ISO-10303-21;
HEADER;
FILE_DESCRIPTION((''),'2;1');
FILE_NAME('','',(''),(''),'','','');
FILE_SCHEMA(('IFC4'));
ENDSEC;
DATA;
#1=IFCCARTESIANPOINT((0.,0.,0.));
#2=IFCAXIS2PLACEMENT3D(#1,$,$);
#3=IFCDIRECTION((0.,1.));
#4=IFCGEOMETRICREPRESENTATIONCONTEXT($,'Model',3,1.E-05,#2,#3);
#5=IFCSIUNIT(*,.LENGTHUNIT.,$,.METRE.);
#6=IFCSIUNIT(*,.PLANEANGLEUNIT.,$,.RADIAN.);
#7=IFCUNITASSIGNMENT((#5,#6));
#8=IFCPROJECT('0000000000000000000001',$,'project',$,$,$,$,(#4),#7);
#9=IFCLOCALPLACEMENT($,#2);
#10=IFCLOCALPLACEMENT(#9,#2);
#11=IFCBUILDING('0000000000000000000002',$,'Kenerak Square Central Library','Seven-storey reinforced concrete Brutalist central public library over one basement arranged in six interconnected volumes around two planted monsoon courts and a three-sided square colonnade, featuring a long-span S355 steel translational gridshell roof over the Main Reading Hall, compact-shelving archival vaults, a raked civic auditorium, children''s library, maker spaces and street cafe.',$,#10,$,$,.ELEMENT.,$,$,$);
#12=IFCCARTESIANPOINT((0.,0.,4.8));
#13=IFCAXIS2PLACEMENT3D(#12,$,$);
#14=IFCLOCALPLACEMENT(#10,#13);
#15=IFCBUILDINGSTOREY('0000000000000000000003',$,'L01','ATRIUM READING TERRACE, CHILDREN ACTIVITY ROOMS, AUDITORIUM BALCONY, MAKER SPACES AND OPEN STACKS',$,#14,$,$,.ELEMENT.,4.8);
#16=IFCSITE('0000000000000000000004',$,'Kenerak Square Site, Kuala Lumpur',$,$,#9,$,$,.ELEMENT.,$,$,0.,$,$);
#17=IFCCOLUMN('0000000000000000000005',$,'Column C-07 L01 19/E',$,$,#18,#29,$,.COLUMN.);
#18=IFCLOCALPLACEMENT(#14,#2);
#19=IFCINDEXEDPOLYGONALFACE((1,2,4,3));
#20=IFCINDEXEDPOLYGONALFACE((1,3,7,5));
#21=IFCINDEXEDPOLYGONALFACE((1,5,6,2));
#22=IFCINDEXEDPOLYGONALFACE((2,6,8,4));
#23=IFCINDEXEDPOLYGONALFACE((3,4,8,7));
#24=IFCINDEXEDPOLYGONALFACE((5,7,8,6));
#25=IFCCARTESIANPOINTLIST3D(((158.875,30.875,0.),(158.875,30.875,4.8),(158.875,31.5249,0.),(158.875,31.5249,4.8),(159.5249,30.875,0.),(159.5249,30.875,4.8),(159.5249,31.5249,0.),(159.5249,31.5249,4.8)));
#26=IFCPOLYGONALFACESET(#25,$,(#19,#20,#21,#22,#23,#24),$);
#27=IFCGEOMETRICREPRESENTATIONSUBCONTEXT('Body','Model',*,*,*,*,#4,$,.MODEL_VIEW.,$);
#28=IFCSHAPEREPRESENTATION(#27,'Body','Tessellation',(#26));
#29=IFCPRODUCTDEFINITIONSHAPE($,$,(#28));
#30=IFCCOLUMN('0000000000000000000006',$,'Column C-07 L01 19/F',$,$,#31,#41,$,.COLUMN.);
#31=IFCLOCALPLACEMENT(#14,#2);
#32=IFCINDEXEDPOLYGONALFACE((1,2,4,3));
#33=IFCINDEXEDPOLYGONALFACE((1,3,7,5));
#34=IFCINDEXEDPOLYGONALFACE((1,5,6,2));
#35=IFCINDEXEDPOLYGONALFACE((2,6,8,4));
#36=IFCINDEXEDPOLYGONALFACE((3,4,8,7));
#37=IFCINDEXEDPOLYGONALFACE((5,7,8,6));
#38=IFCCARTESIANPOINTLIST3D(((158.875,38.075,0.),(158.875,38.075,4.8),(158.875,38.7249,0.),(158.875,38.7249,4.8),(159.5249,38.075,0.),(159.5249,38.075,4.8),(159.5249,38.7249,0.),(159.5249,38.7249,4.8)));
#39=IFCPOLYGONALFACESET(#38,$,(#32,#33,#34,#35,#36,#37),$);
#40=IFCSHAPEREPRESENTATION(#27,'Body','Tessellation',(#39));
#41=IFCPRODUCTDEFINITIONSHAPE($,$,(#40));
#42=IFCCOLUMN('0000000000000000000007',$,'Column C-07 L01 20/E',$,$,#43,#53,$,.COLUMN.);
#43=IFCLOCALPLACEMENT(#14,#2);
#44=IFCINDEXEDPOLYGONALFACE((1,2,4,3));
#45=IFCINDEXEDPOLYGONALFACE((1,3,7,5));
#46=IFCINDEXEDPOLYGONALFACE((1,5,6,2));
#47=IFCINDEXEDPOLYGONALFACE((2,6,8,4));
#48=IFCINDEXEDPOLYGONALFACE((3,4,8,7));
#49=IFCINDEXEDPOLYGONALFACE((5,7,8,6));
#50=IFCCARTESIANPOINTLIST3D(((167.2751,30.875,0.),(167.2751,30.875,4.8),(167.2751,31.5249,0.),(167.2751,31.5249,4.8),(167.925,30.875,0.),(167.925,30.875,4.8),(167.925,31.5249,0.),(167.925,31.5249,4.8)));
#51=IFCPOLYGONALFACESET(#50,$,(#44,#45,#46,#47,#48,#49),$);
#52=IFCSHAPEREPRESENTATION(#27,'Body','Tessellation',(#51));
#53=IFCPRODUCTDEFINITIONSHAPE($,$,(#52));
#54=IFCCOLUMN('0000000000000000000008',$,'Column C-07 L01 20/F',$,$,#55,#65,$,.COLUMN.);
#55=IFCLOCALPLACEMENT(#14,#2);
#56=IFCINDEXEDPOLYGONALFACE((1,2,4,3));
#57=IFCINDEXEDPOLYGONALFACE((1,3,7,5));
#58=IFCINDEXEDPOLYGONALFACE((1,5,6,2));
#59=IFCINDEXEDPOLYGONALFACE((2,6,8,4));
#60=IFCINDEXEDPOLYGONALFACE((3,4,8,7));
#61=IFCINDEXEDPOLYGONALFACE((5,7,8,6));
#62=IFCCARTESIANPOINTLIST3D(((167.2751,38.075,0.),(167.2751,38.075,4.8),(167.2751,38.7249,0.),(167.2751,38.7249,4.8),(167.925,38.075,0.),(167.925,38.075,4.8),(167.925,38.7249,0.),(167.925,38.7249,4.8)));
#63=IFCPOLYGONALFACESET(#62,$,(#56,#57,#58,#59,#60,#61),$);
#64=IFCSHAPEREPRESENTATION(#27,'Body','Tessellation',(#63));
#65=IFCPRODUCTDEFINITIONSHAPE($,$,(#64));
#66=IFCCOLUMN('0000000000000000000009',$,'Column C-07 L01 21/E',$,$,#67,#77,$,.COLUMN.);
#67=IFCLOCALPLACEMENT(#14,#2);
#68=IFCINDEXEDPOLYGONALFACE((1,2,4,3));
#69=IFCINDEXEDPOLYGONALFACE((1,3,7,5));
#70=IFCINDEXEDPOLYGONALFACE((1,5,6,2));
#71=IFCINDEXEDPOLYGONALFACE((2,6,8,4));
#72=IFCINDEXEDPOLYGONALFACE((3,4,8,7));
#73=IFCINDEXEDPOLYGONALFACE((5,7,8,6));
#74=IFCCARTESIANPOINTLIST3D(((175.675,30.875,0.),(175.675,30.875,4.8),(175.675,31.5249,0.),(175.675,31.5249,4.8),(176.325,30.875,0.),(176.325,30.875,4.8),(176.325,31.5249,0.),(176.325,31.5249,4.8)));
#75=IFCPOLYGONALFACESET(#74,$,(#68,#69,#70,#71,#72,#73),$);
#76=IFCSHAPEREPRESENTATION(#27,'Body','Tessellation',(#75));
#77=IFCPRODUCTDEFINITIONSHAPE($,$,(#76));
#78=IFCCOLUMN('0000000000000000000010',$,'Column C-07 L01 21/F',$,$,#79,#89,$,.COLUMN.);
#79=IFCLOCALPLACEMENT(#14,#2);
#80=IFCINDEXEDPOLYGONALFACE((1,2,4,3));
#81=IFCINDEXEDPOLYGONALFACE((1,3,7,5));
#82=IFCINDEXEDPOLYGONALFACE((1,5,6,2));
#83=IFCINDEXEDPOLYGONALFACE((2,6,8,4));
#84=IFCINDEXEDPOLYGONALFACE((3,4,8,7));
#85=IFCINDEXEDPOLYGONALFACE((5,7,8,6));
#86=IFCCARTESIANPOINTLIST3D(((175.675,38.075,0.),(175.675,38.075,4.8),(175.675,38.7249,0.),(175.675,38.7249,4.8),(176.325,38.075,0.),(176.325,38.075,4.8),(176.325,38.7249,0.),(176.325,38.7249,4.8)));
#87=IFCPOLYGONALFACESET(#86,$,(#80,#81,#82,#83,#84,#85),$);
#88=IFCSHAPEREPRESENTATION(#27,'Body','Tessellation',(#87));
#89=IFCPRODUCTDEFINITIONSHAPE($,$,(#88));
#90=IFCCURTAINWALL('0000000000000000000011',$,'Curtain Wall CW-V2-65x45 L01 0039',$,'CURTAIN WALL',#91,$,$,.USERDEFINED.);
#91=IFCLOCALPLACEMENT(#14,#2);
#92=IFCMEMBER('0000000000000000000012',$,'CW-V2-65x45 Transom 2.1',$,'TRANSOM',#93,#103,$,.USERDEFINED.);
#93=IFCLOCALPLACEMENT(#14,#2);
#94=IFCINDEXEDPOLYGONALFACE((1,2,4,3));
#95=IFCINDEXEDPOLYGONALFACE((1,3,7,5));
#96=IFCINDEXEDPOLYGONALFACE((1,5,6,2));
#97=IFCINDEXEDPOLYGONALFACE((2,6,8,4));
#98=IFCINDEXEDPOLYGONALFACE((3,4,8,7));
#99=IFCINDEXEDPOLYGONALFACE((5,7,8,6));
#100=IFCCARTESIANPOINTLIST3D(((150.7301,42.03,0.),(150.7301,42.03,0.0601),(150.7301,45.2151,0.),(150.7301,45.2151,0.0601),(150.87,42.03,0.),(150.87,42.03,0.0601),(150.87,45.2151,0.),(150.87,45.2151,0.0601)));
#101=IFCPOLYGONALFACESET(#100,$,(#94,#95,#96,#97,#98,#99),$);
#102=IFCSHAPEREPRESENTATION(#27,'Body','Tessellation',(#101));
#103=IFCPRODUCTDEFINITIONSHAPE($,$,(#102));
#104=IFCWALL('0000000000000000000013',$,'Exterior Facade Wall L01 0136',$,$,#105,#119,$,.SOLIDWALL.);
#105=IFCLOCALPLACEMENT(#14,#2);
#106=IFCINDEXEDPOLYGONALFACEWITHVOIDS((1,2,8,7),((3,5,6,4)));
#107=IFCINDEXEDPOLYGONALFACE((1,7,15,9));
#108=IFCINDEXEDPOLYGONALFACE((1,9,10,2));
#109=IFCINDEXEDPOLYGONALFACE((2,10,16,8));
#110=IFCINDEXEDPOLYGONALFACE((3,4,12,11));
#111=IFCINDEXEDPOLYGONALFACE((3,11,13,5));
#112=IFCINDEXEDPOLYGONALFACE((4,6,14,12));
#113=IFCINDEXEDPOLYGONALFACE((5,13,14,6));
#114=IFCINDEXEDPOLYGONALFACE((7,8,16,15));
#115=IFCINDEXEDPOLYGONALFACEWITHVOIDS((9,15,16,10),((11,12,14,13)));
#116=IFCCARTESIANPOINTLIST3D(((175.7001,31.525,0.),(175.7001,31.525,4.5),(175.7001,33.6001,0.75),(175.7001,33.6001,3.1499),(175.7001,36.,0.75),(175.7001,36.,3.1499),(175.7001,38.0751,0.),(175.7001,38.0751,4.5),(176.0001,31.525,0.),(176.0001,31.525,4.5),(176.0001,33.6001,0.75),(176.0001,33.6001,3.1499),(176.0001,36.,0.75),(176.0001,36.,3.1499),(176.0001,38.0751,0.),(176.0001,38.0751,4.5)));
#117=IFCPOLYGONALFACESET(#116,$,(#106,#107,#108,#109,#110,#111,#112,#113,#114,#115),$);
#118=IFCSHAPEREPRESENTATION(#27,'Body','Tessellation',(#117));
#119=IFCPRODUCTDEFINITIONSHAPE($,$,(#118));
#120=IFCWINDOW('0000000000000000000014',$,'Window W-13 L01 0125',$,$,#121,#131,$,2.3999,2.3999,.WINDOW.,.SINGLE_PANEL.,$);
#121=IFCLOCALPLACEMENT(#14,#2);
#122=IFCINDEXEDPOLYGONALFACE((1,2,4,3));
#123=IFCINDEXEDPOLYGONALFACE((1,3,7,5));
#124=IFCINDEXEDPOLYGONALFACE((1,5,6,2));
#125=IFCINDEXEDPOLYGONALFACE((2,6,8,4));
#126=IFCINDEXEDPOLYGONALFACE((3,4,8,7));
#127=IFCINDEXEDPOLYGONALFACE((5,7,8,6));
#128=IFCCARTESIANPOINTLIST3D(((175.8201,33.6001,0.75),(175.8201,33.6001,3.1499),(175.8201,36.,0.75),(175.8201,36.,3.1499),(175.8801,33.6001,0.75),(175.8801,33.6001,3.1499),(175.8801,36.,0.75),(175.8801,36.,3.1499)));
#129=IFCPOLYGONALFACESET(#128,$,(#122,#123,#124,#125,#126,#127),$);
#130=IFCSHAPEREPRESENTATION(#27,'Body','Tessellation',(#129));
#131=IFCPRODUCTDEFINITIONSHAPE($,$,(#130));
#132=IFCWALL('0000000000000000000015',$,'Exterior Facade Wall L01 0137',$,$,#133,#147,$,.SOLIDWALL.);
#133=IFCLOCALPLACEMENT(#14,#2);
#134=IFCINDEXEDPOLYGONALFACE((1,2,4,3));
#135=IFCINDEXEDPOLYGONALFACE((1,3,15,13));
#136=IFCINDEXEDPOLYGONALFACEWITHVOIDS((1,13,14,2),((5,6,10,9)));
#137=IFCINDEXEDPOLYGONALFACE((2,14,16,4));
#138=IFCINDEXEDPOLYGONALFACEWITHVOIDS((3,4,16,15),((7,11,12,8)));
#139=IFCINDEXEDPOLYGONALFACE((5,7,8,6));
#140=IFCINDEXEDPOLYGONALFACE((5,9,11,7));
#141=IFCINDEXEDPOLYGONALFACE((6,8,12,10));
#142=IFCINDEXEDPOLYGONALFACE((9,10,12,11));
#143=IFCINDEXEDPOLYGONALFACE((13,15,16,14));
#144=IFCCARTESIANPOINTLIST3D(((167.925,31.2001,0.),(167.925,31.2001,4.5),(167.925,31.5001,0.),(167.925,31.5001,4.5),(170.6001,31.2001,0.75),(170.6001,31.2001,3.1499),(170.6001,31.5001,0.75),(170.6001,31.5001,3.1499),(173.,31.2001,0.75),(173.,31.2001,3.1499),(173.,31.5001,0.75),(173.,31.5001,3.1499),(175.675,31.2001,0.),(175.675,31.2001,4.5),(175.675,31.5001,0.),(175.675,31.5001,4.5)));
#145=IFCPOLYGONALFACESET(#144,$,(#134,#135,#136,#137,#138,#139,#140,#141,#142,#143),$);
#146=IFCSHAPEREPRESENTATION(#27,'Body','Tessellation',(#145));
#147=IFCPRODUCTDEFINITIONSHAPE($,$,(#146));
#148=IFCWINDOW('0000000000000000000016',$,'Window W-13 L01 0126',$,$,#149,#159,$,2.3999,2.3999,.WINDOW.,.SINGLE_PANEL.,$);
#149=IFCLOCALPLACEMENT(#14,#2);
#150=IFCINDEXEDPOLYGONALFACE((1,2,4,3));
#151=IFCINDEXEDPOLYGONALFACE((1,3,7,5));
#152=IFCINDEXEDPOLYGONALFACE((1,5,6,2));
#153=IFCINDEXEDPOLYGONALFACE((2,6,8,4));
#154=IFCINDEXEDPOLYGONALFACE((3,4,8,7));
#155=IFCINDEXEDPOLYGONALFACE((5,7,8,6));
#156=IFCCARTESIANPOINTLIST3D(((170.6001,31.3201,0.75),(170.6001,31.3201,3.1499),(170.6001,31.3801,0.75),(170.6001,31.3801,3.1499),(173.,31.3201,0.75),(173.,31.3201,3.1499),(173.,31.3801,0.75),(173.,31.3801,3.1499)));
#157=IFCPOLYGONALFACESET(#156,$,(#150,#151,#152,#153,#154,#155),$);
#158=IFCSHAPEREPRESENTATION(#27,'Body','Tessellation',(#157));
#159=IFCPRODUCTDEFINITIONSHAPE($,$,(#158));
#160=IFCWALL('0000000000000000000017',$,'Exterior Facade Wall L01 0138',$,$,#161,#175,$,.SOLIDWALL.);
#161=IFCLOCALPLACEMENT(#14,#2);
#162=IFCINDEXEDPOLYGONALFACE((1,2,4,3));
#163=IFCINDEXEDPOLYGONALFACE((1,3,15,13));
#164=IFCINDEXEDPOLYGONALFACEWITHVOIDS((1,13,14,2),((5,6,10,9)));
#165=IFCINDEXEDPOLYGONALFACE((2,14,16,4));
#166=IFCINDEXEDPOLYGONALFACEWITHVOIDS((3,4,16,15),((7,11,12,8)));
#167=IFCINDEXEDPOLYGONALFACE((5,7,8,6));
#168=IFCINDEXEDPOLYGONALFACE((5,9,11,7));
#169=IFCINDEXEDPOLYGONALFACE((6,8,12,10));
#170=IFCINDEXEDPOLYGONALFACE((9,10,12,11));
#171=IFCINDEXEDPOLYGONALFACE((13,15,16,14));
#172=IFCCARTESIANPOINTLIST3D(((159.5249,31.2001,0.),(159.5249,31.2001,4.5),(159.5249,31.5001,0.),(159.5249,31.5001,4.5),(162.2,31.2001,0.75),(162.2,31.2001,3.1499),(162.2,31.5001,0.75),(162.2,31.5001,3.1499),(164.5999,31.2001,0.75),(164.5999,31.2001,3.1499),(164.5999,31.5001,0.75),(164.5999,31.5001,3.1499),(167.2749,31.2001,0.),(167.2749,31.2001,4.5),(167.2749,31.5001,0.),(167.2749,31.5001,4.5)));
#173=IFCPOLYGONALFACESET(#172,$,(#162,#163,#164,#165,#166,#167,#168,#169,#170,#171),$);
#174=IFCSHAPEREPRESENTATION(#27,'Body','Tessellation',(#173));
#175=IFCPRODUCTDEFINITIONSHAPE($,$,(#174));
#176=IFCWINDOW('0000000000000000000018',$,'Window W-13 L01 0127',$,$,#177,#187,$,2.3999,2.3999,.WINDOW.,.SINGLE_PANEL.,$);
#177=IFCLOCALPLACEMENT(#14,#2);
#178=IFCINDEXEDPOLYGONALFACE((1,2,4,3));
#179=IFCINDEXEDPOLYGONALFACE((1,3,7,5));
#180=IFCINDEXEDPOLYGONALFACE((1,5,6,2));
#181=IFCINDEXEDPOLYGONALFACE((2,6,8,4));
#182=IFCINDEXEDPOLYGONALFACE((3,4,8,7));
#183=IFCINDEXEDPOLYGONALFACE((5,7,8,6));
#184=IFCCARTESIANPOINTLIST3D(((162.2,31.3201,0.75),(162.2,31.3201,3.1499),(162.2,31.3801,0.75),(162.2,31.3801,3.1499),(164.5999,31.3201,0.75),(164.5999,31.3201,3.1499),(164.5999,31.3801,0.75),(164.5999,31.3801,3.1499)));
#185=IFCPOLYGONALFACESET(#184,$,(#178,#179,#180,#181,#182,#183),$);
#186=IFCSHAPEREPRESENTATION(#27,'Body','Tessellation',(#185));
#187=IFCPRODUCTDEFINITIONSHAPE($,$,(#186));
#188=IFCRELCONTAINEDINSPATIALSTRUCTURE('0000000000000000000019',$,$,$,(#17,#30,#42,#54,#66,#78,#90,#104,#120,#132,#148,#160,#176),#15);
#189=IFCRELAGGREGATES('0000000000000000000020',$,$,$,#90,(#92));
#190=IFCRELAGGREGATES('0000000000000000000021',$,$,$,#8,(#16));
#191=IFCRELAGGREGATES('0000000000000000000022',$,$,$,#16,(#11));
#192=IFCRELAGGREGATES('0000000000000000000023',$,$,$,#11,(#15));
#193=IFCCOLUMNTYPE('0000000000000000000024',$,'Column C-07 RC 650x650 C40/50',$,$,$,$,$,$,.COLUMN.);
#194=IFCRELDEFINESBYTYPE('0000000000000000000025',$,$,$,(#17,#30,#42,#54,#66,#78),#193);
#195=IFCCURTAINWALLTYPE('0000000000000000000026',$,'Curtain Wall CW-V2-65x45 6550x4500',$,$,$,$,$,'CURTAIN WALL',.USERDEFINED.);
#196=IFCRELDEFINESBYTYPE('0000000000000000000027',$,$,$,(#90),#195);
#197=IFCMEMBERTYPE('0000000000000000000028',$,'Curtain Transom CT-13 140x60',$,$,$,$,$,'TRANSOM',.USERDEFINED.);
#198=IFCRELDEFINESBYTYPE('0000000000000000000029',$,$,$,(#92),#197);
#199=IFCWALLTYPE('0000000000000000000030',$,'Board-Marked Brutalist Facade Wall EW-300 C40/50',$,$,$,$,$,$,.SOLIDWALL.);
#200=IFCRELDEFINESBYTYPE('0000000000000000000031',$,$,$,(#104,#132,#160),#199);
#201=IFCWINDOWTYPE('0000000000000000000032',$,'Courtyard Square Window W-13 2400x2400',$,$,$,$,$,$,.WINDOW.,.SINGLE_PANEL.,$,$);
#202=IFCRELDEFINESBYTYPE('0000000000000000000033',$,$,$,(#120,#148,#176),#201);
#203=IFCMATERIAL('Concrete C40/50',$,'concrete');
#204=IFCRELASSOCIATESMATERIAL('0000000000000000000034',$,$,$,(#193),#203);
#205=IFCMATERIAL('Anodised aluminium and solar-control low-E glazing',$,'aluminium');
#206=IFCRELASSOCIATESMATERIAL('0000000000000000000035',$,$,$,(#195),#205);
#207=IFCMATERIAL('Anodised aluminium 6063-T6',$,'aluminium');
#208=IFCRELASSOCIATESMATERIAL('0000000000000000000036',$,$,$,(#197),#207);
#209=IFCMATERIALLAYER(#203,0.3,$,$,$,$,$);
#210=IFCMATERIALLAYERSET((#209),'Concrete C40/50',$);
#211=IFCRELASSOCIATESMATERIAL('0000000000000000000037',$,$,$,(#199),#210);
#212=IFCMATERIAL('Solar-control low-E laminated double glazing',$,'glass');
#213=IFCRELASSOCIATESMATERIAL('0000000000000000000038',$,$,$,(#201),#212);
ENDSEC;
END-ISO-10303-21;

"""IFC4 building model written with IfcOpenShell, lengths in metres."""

from ifc_helpers import new_model, si_unit, direction, frame, frame_2d, origin, origin_2d, place, context, subcontext, project, spatial, rectangle, extrude, material, layer, layer_set, material_profile, profile_set, type_object, element, fill, aggregate, save


model = new_model("IFC4")

# Units and contexts
model_context = context("Model", 3, precision=1e-05, world=origin(), true_north=direction((0.0, 1.0)))
body_context = subcontext(model_context, "Body", "Model", "MODEL_VIEW")
ifc_project = project(units=[si_unit("LENGTHUNIT", "METRE"), si_unit("PLANEANGLEUNIT", "RADIAN")], contexts=[model_context])

# Site, building, storey
site_placement = place(None, origin())
site = spatial("IfcSite", under=ifc_project, at=site_placement, Name="Kenerak Square Site, Kuala Lumpur", CompositionType="ELEMENT", RefElevation=0.0)
building_placement = place(site_placement, origin())
building = spatial("IfcBuilding", under=site, at=building_placement, Name="Kenerak Square Central Library", Description="Seven-storey reinforced concrete Brutalist central public library over one basement arranged in six interconnected volumes around two planted monsoon courts and a three-sided square colonnade, featuring a long-span S355 steel translational gridshell roof over the Main Reading Hall, compact-shelving archival vaults, a raked civic auditorium, children's library, maker spaces and street cafe.", CompositionType="ELEMENT")
storey_placement = place(building_placement, frame((0.0, 0.0, 4.8)))
storey = spatial("IfcBuildingStorey", under=building, at=storey_placement, Name="L01", Description="ATRIUM READING TERRACE, CHILDREN ACTIVITY ROOMS, AUDITORIUM BALCONY, MAKER SPACES AND OPEN STACKS", CompositionType="ELEMENT", Elevation=4.8)

# Columns
ifc_material_1 = material(Name="Concrete C40/50", Category="concrete")
ifc_material_profile_1 = material_profile(ifc_material_1, rectangle(XDim=0.6499, YDim=0.6499, at=origin_2d()), Name="RC 650x650")
ifc_profile_set_1 = profile_set([ifc_material_profile_1], Name="Concrete C40/50")
column_type = type_object("IfcColumnType", Name="Column C-07 RC 650x650 C40/50", PredefinedType="COLUMN", material=ifc_profile_set_1)
for number, where, z_axis, x_axis, name in (
    (1, (159.2, 31.2, 0.0), (0.0, 0.0, 1.0), (1.0, 0.0, 0.0), "Column C-07 L01 19/E"),
    (2, (159.2, 38.3999, 0.0), (0.0, 0.0, 1.0), (1.0, 0.0, 0.0), "Column C-07 L01 19/F"),
    (3, (167.6001, 31.2, 0.0), (0.0, 0.0, 1.0), (1.0, 0.0, 0.0), "Column C-07 L01 20/E"),
    (4, (167.6001, 38.3999, 0.0), (0.0, 0.0, 1.0), (1.0, 0.0, 0.0), "Column C-07 L01 20/F"),
    (5, (176.0, 31.2, 0.0), (0.0, 0.0, 1.0), (1.0, 0.0, 0.0), "Column C-07 L01 21/E"),
    (6, (176.0, 38.3999, 0.0), (0.0, 0.0, 1.0), (1.0, 0.0, 0.0), "Column C-07 L01 21/F"),
):
    element("IfcColumn", number, at=place(storey_placement, frame(where, z_axis=z_axis, x_axis=x_axis)), inside=storey, type_object=column_type, Name=name, PredefinedType="COLUMN", context=body_context, shape_type="SweptSolid", body=[
        extrude(rectangle(XDim=0.6499, YDim=0.6499, at=origin_2d()), origin(), (0.0, 0.0, 1.0), 4.8),
    ])

# Curtain wall, member
ifc_material_2 = material(Name="Anodised aluminium and solar-control low-E glazing", Category="aluminium")
curtain_wall_type = type_object("IfcCurtainWallType", Name="Curtain Wall CW-V2-65x45 6550x4500", ElementType="CURTAIN WALL", PredefinedType="USERDEFINED", material=ifc_material_2)
curtain_wall_placement = place(storey_placement, origin())
curtain_wall = element("IfcCurtainWall", 7, at=curtain_wall_placement, inside=storey, type_object=curtain_wall_type, Name="Curtain Wall CW-V2-65x45 L01 0039", ObjectType="CURTAIN WALL", PredefinedType="USERDEFINED")
ifc_material_3 = material(Name="Anodised aluminium 6063-T6", Category="aluminium")
ifc_material_profile_2 = material_profile(ifc_material_3, rectangle(XDim=0.1399, YDim=0.0601, at=origin_2d()), Name="AL TRANSOM 140x60")
ifc_profile_set_2 = profile_set([ifc_material_profile_2], Name="Anodised aluminium 6063-T6")
member_type = type_object("IfcMemberType", Name="Curtain Transom CT-13 140x60", ElementType="TRANSOM", PredefinedType="USERDEFINED", material=ifc_profile_set_2)
member_placement = place(storey_placement, frame((150.8, 42.03, 0.03), z_axis=(0.0, 1.0, 0.0), x_axis=(-1.0, 0.0, 0.0)))
member = element("IfcMember", 8, at=member_placement, type_object=member_type, Name="CW-V2-65x45 Transom 2.1", ObjectType="TRANSOM", PredefinedType="USERDEFINED", context=body_context, shape_type="SweptSolid", body=[
    extrude(rectangle(XDim=0.1399, YDim=0.0601, at=origin_2d()), origin(), (0.0, 0.0, 1.0), 3.1851),
])
aggregate(curtain_wall, [member])

# Walls, openings, windows
ifc_layer_1 = layer(ifc_material_1, 0.3)
ifc_layer_set_1 = layer_set([ifc_layer_1], Name="Concrete C40/50")
wall_type_1 = type_object("IfcWallType", Name="Board-Marked Brutalist Facade Wall EW-300 C40/50", PredefinedType="SOLIDWALL", material=ifc_layer_set_1)
wall_1_placement = place(storey_placement, frame((175.8501, 38.075, 0.0), z_axis=(0.0, 0.0, 1.0), x_axis=(0.0, -1.0, 0.0)))
wall_1 = element("IfcWall", 9, at=wall_1_placement, inside=storey, type_object=wall_type_1, Name="Exterior Facade Wall L01 0136", PredefinedType="SOLIDWALL", context=body_context, shape_type="SweptSolid", body=[
    extrude(rectangle(XDim=6.55, YDim=0.3, at=frame_2d((3.2749, 0.0))), origin(), (0.0, 0.0, 1.0), 4.5),
])
opening_1_placement = place(wall_1_placement, frame((2.075, 0.0, 0.75)))
opening_1 = element("IfcOpeningElement", 10, at=opening_1_placement, cuts=wall_1, PredefinedType="OPENING", context=body_context, shape_type="SweptSolid", body=[
    extrude(rectangle(XDim=2.3999, YDim=2.3999, at=frame_2d((1.2, 1.2))), frame((0.0, 0.1599, 0.0), z_axis=(0.0, -1.0, 0.0), x_axis=(1.0, 0.0, 0.0)), (0.0, 0.0, 1.0), 0.3201),
])
ifc_material_4 = material(Name="Solar-control low-E laminated double glazing", Category="glass")
window_type = type_object("IfcWindowType", Name="Courtyard Square Window W-13 2400x2400", PartitioningType="SINGLE_PANEL", PredefinedType="WINDOW", material=ifc_material_4)
window_1_placement = place(opening_1_placement, origin())
window_1 = element("IfcWindow", 11, at=window_1_placement, inside=storey, type_object=window_type, Name="Window W-13 L01 0125", OverallHeight=2.3999, OverallWidth=2.3999, PartitioningType="SINGLE_PANEL", PredefinedType="WINDOW", context=body_context, shape_type="SweptSolid", body=[
    extrude(rectangle(XDim=2.3999, YDim=2.3999, at=frame_2d((1.2, 1.2))), frame((0.0, 0.03, 0.0), z_axis=(0.0, -1.0, 0.0), x_axis=(1.0, 0.0, 0.0)), (0.0, 0.0, 1.0), 0.0601),
])
fill(opening_1, window_1)
wall_2_placement = place(storey_placement, frame((175.675, 31.3501, 0.0), z_axis=(0.0, 0.0, 1.0), x_axis=(-1.0, 0.0, 0.0)))
wall_2 = element("IfcWall", 12, at=wall_2_placement, inside=storey, type_object=wall_type_1, Name="Exterior Facade Wall L01 0137", PredefinedType="SOLIDWALL", context=body_context, shape_type="SweptSolid", body=[
    extrude(rectangle(XDim=7.75, YDim=0.3, at=frame_2d((3.875, 0.0))), origin(), (0.0, 0.0, 1.0), 4.5),
])
opening_2_placement = place(wall_2_placement, frame((2.675, 0.0, 0.75)))
opening_2 = element("IfcOpeningElement", 13, at=opening_2_placement, cuts=wall_2, PredefinedType="OPENING", context=body_context, shape_type="SweptSolid", body=[
    extrude(rectangle(XDim=2.3999, YDim=2.3999, at=frame_2d((1.2, 1.2))), frame((0.0, 0.1599, 0.0), z_axis=(0.0, -1.0, 0.0), x_axis=(1.0, 0.0, 0.0)), (0.0, 0.0, 1.0), 0.3201),
])
window_2_placement = place(opening_2_placement, origin())
window_2 = element("IfcWindow", 14, at=window_2_placement, inside=storey, type_object=window_type, Name="Window W-13 L01 0126", OverallHeight=2.3999, OverallWidth=2.3999, PartitioningType="SINGLE_PANEL", PredefinedType="WINDOW", context=body_context, shape_type="SweptSolid", body=[
    extrude(rectangle(XDim=2.3999, YDim=2.3999, at=frame_2d((1.2, 1.2))), frame((0.0, 0.03, 0.0), z_axis=(0.0, -1.0, 0.0), x_axis=(1.0, 0.0, 0.0)), (0.0, 0.0, 1.0), 0.0601),
])
fill(opening_2, window_2)
wall_3_placement = place(storey_placement, frame((167.2749, 31.3501, 0.0), z_axis=(0.0, 0.0, 1.0), x_axis=(-1.0, 0.0, 0.0)))
wall_3 = element("IfcWall", 15, at=wall_3_placement, inside=storey, type_object=wall_type_1, Name="Exterior Facade Wall L01 0138", PredefinedType="SOLIDWALL", context=body_context, shape_type="SweptSolid", body=[
    extrude(rectangle(XDim=7.75, YDim=0.3, at=frame_2d((3.875, 0.0))), origin(), (0.0, 0.0, 1.0), 4.5),
])
opening_3_placement = place(wall_3_placement, frame((2.675, 0.0, 0.75)))
opening_3 = element("IfcOpeningElement", 16, at=opening_3_placement, cuts=wall_3, PredefinedType="OPENING", context=body_context, shape_type="SweptSolid", body=[
    extrude(rectangle(XDim=2.3999, YDim=2.3999, at=frame_2d((1.2, 1.2))), frame((0.0, 0.1599, 0.0), z_axis=(0.0, -1.0, 0.0), x_axis=(1.0, 0.0, 0.0)), (0.0, 0.0, 1.0), 0.3201),
])
window_3_placement = place(opening_3_placement, origin())
window_3 = element("IfcWindow", 17, at=window_3_placement, inside=storey, type_object=window_type, Name="Window W-13 L01 0127", OverallHeight=2.3999, OverallWidth=2.3999, PartitioningType="SINGLE_PANEL", PredefinedType="WINDOW", context=body_context, shape_type="SweptSolid", body=[
    extrude(rectangle(XDim=2.3999, YDim=2.3999, at=frame_2d((1.2, 1.2))), frame((0.0, 0.03, 0.0), z_axis=(0.0, -1.0, 0.0), x_axis=(1.0, 0.0, 0.0)), (0.0, 0.0, 1.0), 0.0601),
])
fill(opening_3, window_3)

save(model, "model.ifc")
